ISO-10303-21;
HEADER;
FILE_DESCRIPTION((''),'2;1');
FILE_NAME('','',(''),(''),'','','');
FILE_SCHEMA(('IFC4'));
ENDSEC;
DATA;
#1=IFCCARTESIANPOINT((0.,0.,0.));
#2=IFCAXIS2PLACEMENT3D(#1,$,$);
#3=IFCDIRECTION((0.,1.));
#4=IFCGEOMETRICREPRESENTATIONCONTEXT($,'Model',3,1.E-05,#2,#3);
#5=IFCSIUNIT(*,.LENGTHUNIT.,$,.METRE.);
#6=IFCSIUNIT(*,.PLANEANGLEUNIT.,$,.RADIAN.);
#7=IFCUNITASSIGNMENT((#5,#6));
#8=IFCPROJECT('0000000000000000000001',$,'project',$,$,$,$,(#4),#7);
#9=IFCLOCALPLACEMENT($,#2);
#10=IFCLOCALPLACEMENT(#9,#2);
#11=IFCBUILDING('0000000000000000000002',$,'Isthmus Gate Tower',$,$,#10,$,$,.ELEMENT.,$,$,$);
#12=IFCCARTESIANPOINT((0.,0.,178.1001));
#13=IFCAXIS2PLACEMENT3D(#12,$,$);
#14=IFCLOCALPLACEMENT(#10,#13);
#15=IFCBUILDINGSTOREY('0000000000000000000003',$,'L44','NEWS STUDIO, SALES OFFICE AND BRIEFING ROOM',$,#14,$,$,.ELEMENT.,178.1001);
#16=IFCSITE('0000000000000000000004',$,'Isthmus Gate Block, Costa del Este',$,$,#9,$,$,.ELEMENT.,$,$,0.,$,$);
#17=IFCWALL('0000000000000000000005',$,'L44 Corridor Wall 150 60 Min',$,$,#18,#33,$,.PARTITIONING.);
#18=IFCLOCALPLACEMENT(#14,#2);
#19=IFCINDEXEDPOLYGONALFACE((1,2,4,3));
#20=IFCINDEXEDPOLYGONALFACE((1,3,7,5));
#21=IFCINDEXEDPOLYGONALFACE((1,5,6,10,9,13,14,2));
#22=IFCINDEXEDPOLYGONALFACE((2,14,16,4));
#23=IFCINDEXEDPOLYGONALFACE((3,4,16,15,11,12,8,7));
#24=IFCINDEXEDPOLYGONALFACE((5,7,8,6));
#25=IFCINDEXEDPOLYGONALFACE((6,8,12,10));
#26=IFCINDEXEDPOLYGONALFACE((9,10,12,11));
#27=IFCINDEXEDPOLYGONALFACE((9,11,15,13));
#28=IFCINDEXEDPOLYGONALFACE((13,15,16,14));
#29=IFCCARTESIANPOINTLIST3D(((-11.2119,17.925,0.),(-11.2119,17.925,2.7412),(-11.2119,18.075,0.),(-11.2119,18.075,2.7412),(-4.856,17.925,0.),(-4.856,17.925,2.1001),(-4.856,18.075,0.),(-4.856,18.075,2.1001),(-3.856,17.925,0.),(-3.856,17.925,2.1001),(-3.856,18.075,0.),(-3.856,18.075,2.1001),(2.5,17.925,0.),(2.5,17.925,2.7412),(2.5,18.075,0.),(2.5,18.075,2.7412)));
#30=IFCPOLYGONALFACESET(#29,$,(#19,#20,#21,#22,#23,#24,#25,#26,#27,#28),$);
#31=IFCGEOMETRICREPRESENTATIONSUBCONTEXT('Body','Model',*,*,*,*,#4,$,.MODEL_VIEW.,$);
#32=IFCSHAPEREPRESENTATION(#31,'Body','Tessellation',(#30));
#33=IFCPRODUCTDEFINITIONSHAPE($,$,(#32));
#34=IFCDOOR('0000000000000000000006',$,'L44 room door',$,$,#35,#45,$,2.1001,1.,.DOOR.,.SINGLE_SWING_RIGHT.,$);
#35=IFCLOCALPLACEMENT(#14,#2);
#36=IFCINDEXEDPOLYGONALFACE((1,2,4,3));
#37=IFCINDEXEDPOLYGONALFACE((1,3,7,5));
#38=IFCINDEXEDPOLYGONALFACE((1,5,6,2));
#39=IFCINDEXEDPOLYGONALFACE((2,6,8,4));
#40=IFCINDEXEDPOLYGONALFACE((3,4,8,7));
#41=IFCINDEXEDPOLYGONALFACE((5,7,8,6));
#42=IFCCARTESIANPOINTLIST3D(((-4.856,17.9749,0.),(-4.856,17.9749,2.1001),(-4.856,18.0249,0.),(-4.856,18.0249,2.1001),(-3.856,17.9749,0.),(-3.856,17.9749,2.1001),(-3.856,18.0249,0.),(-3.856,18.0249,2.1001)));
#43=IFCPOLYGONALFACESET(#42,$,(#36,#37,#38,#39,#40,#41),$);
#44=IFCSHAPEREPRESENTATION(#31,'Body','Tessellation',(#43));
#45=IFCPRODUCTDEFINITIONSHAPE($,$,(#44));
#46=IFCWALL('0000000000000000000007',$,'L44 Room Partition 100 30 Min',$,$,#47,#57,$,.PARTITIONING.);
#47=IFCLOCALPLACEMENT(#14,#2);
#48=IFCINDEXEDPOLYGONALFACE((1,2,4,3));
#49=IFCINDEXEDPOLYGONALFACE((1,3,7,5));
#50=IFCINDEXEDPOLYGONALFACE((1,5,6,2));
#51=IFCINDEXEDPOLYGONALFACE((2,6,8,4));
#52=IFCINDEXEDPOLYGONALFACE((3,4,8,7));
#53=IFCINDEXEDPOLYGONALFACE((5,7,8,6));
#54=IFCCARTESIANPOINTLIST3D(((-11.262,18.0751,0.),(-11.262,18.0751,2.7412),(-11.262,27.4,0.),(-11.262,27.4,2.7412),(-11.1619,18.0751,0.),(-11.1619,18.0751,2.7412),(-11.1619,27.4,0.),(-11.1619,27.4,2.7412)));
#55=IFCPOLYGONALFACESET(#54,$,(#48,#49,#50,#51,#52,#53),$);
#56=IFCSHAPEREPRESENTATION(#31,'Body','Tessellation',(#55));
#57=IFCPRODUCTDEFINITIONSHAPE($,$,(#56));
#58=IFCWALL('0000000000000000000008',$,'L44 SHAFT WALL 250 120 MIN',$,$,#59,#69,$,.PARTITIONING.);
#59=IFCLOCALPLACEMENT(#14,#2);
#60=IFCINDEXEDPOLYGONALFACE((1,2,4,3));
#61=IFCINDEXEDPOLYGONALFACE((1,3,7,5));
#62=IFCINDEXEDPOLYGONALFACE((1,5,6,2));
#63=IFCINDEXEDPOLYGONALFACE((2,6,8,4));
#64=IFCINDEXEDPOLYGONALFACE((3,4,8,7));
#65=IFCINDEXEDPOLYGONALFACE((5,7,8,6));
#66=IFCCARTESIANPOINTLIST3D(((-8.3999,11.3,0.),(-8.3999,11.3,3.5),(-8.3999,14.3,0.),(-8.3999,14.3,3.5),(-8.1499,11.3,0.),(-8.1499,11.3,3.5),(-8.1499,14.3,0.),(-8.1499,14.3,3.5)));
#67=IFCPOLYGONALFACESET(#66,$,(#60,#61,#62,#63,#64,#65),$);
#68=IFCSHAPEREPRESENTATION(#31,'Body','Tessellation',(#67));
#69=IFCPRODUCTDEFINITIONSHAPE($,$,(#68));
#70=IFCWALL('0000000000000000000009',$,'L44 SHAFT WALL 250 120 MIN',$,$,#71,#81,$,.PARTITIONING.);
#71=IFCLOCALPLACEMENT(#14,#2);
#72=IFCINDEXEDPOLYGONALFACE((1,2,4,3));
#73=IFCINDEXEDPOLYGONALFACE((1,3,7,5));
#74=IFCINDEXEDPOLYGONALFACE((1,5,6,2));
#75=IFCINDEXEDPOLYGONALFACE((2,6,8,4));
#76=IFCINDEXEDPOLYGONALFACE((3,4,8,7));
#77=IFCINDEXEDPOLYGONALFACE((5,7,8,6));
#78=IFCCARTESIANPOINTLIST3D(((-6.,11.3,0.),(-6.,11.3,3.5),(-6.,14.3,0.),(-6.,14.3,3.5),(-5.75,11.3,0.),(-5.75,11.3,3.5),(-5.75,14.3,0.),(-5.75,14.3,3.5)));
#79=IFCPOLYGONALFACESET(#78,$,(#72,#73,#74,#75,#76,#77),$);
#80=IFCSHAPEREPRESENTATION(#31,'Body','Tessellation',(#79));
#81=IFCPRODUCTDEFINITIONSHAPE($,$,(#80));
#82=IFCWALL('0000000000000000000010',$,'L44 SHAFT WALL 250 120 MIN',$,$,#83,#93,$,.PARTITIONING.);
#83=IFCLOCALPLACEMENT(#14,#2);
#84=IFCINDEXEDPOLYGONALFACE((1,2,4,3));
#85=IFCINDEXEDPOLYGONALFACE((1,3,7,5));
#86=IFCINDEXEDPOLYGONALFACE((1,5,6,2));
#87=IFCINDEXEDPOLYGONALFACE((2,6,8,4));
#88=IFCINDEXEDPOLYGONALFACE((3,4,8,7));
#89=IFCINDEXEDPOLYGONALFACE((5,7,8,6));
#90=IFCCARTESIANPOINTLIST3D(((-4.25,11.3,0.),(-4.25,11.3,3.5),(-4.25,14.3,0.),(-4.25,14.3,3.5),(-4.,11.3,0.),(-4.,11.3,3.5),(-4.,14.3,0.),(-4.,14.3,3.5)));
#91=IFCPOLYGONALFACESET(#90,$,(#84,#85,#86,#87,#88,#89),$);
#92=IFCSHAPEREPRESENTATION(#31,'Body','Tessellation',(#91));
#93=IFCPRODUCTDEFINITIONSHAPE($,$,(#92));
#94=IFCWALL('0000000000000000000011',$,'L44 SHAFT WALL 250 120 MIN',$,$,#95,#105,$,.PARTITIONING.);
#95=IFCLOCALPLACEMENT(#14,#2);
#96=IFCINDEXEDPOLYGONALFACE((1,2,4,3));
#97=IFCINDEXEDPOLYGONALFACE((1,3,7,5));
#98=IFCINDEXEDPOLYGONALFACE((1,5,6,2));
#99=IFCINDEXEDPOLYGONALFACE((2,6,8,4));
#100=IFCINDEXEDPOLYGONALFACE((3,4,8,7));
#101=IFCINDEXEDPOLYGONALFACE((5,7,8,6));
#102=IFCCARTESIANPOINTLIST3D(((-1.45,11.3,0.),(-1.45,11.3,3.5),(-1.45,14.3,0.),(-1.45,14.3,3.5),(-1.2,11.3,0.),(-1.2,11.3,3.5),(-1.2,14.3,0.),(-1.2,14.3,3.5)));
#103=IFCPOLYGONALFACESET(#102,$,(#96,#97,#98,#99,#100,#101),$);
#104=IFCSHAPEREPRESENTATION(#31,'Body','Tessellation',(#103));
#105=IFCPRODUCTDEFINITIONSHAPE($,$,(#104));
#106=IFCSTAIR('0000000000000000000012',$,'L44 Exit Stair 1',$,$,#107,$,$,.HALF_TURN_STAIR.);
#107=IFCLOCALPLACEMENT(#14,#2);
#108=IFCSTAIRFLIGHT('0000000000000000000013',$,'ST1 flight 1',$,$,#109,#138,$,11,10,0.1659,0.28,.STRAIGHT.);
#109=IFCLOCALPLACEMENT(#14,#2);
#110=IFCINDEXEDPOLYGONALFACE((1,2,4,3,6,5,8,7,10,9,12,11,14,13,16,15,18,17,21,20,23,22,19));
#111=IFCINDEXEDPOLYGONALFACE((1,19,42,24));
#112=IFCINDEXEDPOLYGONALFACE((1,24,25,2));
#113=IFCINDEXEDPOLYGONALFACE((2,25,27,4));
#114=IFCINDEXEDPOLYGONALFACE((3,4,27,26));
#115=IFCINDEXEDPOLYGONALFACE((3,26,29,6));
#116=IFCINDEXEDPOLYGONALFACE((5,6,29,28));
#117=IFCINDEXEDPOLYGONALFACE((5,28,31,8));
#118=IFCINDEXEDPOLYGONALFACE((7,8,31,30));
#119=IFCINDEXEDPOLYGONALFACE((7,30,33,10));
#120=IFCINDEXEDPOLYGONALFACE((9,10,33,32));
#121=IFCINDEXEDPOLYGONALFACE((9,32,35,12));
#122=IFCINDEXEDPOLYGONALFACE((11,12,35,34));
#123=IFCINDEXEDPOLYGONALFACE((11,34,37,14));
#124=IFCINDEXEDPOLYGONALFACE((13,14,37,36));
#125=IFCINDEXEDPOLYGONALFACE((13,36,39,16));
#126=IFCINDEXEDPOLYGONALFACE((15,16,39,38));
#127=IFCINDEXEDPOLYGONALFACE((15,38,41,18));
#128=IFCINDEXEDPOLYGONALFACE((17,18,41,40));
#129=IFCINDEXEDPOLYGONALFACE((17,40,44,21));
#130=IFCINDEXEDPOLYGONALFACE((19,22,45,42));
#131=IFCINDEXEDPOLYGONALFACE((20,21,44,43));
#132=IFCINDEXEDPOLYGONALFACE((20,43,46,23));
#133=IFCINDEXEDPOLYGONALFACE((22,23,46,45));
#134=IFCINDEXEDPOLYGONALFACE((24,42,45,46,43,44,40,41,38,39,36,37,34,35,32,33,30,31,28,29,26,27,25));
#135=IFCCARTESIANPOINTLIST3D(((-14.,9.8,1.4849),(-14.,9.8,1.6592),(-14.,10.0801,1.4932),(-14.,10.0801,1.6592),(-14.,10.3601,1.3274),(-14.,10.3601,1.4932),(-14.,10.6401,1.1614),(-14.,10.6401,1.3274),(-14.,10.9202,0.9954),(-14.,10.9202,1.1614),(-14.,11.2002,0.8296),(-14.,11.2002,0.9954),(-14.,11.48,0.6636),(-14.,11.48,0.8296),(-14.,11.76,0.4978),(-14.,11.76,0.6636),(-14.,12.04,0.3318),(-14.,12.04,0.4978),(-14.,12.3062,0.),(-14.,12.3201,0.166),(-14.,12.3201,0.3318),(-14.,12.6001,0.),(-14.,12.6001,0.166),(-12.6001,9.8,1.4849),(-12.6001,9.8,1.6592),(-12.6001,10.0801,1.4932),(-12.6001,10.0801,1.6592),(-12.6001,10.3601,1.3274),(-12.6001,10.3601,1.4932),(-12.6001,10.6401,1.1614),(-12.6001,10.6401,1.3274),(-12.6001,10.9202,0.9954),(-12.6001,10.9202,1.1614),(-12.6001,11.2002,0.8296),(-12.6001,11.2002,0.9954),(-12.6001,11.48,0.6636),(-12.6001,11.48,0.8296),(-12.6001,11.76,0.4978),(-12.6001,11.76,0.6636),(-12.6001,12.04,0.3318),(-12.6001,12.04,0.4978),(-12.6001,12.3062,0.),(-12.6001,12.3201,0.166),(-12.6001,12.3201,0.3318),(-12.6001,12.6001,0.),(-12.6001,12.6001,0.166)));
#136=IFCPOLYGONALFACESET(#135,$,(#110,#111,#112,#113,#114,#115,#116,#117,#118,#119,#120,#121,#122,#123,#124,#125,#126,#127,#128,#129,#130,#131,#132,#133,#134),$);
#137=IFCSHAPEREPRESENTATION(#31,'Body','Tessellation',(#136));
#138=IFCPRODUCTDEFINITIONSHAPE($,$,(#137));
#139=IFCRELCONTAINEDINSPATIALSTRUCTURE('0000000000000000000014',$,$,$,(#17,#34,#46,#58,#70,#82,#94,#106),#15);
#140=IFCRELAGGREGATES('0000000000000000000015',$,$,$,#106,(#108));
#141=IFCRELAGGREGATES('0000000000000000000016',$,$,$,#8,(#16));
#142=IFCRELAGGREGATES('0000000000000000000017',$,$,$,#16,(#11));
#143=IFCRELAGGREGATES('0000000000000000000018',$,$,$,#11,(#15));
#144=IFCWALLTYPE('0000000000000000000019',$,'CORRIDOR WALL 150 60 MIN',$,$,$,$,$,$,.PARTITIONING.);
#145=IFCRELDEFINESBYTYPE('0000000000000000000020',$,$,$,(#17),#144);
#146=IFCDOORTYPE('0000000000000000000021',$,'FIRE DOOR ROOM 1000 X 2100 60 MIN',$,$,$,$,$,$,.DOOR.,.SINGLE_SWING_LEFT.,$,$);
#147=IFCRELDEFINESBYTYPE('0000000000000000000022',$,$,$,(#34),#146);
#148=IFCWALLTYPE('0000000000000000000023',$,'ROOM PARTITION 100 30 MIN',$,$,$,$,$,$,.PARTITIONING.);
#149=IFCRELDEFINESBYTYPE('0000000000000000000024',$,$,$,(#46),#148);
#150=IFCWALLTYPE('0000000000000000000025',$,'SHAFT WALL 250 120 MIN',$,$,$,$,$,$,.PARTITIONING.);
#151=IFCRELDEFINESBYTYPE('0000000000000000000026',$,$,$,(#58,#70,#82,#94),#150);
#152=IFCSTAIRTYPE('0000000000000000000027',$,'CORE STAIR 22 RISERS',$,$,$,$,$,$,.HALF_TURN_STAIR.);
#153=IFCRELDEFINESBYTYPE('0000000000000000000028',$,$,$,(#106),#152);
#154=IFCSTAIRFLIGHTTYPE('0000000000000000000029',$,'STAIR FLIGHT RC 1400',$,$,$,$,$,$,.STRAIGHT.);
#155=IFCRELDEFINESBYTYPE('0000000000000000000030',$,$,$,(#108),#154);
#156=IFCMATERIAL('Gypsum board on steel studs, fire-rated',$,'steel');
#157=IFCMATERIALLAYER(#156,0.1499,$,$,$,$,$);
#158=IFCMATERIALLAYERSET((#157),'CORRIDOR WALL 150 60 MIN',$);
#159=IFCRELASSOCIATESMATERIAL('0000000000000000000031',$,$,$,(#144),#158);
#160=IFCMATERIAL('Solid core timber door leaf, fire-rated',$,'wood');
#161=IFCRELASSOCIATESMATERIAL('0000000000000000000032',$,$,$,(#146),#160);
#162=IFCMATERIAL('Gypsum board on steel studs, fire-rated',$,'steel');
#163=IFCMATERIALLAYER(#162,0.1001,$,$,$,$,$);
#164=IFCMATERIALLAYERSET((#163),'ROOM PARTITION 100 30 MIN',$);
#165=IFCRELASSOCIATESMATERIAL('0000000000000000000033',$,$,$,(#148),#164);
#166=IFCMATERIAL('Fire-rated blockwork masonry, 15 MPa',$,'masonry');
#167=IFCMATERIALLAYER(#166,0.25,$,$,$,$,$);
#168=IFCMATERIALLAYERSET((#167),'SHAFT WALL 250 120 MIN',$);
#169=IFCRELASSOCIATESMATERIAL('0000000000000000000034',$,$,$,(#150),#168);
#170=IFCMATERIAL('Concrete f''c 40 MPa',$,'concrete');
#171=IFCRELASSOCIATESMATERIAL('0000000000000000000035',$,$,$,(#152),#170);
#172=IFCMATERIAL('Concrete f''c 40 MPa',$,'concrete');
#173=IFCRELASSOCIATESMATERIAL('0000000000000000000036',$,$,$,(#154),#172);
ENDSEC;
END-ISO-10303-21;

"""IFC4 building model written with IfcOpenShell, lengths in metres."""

from ifc_helpers import new_model, si_unit, direction, frame, frame_2d, origin, place, context, subcontext, project, spatial, polyline, rectangle, outline, extrude, material, layer, layer_set, type_object, element, fill, aggregate, save


model = new_model("IFC4")

# Units and contexts
model_context = context("Model", 3, precision=1e-05, world=origin(), true_north=direction((0.0, 1.0)))
body_context = subcontext(model_context, "Body", "Model", "MODEL_VIEW")
ifc_project = project(units=[si_unit("LENGTHUNIT", "METRE"), si_unit("PLANEANGLEUNIT", "RADIAN")], contexts=[model_context])

# Site, building, storey
site_placement = place(None, origin())
site = spatial("IfcSite", under=ifc_project, at=site_placement, Name="Isthmus Gate Block, Costa del Este", CompositionType="ELEMENT", RefElevation=0.0)
building_placement = place(site_placement, origin())
building = spatial("IfcBuilding", under=site, at=building_placement, Name="Isthmus Gate Tower", CompositionType="ELEMENT")
storey_placement = place(building_placement, frame((0.0, 0.0, 178.1001)))
storey = spatial("IfcBuildingStorey", under=building, at=storey_placement, Name="L44", Description="NEWS STUDIO, SALES OFFICE AND BRIEFING ROOM", CompositionType="ELEMENT", Elevation=178.1001)

# Wall, opening, door
ifc_material_1 = material(Name="Gypsum board on steel studs, fire-rated", Category="steel")
ifc_layer_1 = layer(ifc_material_1, 0.1499)
ifc_layer_set_1 = layer_set([ifc_layer_1], Name="CORRIDOR WALL 150 60 MIN")
wall_type_1 = type_object("IfcWallType", Name="CORRIDOR WALL 150 60 MIN", PredefinedType="PARTITIONING", material=ifc_layer_set_1)
wall_1_placement = place(storey_placement, frame((-11.2119, 18.0, 0.0), z_axis=(0.0, 0.0, 1.0), x_axis=(1.0, 0.0, 0.0)))
wall_1 = element("IfcWall", 1, at=wall_1_placement, inside=storey, type_object=wall_type_1, Name="L44 Corridor Wall 150 60 Min", PredefinedType="PARTITIONING", context=body_context, shape_type="SweptSolid", body=[
    extrude(rectangle(XDim=13.7119, YDim=0.1499, at=frame_2d((6.856, 0.0))), origin(), (0.0, 0.0, 1.0), 2.7412),
])
opening_placement = place(wall_1_placement, frame((6.356, 0.0, 0.0)))
opening = element("IfcOpeningElement", 2, at=opening_placement, cuts=wall_1, PredefinedType="OPENING", context=body_context, shape_type="SweptSolid", body=[
    extrude(rectangle(XDim=1.0, YDim=2.1001, at=frame_2d((0.5, 1.05))), frame((0.0, 0.085, 0.0), z_axis=(0.0, -1.0, 0.0), x_axis=(1.0, 0.0, 0.0)), (0.0, 0.0, 1.0), 0.1699),
])
ifc_material_2 = material(Name="Solid core timber door leaf, fire-rated", Category="wood")
door_type = type_object("IfcDoorType", Name="FIRE DOOR ROOM 1000 X 2100 60 MIN", OperationType="SINGLE_SWING_LEFT", PredefinedType="DOOR", material=ifc_material_2)
door_placement = place(opening_placement, origin())
door = element("IfcDoor", 3, at=door_placement, inside=storey, type_object=door_type, Name="L44 room door", OperationType="SINGLE_SWING_RIGHT", OverallHeight=2.1001, OverallWidth=1.0, PredefinedType="DOOR", context=body_context, shape_type="SweptSolid", body=[
    extrude(rectangle(XDim=1.0, YDim=2.1001, at=frame_2d((0.5, 1.05))), frame((0.0, 0.0249, 0.0), z_axis=(0.0, -1.0, 0.0), x_axis=(1.0, 0.0, 0.0)), (0.0, 0.0, 1.0), 0.05),
])
fill(opening, door)

# Walls
ifc_material_3 = material(Name="Gypsum board on steel studs, fire-rated", Category="steel")
ifc_layer_2 = layer(ifc_material_3, 0.1001)
ifc_layer_set_2 = layer_set([ifc_layer_2], Name="ROOM PARTITION 100 30 MIN")
wall_type_2 = type_object("IfcWallType", Name="ROOM PARTITION 100 30 MIN", PredefinedType="PARTITIONING", material=ifc_layer_set_2)
wall_2_placement = place(storey_placement, frame((-11.2119, 18.075, 0.0), z_axis=(0.0, 0.0, 1.0), x_axis=(0.0, 1.0, 0.0)))
element("IfcWall", 4, at=wall_2_placement, inside=storey, type_object=wall_type_2, Name="L44 Room Partition 100 30 Min", PredefinedType="PARTITIONING", context=body_context, shape_type="SweptSolid", body=[
    extrude(rectangle(XDim=9.325, YDim=0.1001, at=frame_2d((4.6626, 0.0))), origin(), (0.0, 0.0, 1.0), 2.7412),
])
ifc_material_4 = material(Name="Fire-rated blockwork masonry, 15 MPa", Category="masonry")
ifc_layer_3 = layer(ifc_material_4, 0.25)
ifc_layer_set_3 = layer_set([ifc_layer_3], Name="SHAFT WALL 250 120 MIN")
wall_type_3 = type_object("IfcWallType", Name="SHAFT WALL 250 120 MIN", PredefinedType="PARTITIONING", material=ifc_layer_set_3)
for number, where, z_axis, x_axis, name in (
    (5, (-8.2749, 11.3, 0.0), (0.0, 0.0, 1.0), (0.0, 1.0, 0.0), "L44 SHAFT WALL 250 120 MIN"),
    (6, (-5.875, 11.3, 0.0), (0.0, 0.0, 1.0), (0.0, 1.0, 0.0), "L44 SHAFT WALL 250 120 MIN"),
    (7, (-4.125, 11.3, 0.0), (0.0, 0.0, 1.0), (0.0, 1.0, 0.0), "L44 SHAFT WALL 250 120 MIN"),
    (8, (-1.325, 11.3, 0.0), (0.0, 0.0, 1.0), (0.0, 1.0, 0.0), "L44 SHAFT WALL 250 120 MIN"),
):
    element("IfcWall", number, at=place(storey_placement, frame(where, z_axis=z_axis, x_axis=x_axis)), inside=storey, type_object=wall_type_3, Name=name, PredefinedType="PARTITIONING", context=body_context, shape_type="SweptSolid", body=[
        extrude(rectangle(XDim=3.0, YDim=0.25, at=frame_2d((1.5, 0.0))), origin(), (0.0, 0.0, 1.0), 3.5),
    ])

# Stair, stair flight
ifc_material_5 = material(Name="Concrete f'c 40 MPa", Category="concrete")
stair_type = type_object("IfcStairType", Name="CORE STAIR 22 RISERS", PredefinedType="HALF_TURN_STAIR", material=ifc_material_5)
stair_placement = place(storey_placement, origin())
stair = element("IfcStair", 9, at=stair_placement, inside=storey, type_object=stair_type, Name="L44 Exit Stair 1", PredefinedType="HALF_TURN_STAIR")
ifc_material_6 = material(Name="Concrete f'c 40 MPa", Category="concrete")
stair_flight_type = type_object("IfcStairFlightType", Name="STAIR FLIGHT RC 1400", PredefinedType="STRAIGHT", material=ifc_material_6)
stair_flight_placement = place(storey_placement, frame((-13.3, 12.6001, 0.0), z_axis=(0.0, 0.0, 1.0), x_axis=(0.0, -1.0, 0.0)))
stair_flight = element("IfcStairFlight", 10, at=stair_flight_placement, type_object=stair_flight_type, Name="ST1 flight 1", NumberOfRisers=11, NumberOfTreads=10, PredefinedType="STRAIGHT", RiserHeight=0.1659, TreadLength=0.28, context=body_context, shape_type="SweptSolid", body=[
    extrude(outline(polyline([(0.0, 0.0), (0.0, 0.166), (0.28, 0.166), (0.28, 0.3318), (0.5601, 0.3318), (0.5601, 0.4978), (0.8401, 0.4978), (0.8401, 0.6636), (1.1201, 0.6636), (1.1201, 0.8296), (1.3999, 0.8296), (1.3999, 0.9954), (1.6799, 0.9954), (1.6799, 1.1614), (1.96, 1.1614), (1.96, 1.3274), (2.24, 1.3274), (2.24, 1.4932), (2.52, 1.4932), (2.52, 1.6592), (2.8, 1.6592), (2.8, 1.825), (2.8, 1.4849), (0.2939, 0.0), (0.0, 0.0)])), frame((0.0, 0.7, 0.0), z_axis=(0.0, -1.0, 0.0), x_axis=(1.0, 0.0, 0.0)), (0.0, 0.0, 1.0), 1.3999),
])
aggregate(stair, [stair_flight])

save(model, "model.ifc")
